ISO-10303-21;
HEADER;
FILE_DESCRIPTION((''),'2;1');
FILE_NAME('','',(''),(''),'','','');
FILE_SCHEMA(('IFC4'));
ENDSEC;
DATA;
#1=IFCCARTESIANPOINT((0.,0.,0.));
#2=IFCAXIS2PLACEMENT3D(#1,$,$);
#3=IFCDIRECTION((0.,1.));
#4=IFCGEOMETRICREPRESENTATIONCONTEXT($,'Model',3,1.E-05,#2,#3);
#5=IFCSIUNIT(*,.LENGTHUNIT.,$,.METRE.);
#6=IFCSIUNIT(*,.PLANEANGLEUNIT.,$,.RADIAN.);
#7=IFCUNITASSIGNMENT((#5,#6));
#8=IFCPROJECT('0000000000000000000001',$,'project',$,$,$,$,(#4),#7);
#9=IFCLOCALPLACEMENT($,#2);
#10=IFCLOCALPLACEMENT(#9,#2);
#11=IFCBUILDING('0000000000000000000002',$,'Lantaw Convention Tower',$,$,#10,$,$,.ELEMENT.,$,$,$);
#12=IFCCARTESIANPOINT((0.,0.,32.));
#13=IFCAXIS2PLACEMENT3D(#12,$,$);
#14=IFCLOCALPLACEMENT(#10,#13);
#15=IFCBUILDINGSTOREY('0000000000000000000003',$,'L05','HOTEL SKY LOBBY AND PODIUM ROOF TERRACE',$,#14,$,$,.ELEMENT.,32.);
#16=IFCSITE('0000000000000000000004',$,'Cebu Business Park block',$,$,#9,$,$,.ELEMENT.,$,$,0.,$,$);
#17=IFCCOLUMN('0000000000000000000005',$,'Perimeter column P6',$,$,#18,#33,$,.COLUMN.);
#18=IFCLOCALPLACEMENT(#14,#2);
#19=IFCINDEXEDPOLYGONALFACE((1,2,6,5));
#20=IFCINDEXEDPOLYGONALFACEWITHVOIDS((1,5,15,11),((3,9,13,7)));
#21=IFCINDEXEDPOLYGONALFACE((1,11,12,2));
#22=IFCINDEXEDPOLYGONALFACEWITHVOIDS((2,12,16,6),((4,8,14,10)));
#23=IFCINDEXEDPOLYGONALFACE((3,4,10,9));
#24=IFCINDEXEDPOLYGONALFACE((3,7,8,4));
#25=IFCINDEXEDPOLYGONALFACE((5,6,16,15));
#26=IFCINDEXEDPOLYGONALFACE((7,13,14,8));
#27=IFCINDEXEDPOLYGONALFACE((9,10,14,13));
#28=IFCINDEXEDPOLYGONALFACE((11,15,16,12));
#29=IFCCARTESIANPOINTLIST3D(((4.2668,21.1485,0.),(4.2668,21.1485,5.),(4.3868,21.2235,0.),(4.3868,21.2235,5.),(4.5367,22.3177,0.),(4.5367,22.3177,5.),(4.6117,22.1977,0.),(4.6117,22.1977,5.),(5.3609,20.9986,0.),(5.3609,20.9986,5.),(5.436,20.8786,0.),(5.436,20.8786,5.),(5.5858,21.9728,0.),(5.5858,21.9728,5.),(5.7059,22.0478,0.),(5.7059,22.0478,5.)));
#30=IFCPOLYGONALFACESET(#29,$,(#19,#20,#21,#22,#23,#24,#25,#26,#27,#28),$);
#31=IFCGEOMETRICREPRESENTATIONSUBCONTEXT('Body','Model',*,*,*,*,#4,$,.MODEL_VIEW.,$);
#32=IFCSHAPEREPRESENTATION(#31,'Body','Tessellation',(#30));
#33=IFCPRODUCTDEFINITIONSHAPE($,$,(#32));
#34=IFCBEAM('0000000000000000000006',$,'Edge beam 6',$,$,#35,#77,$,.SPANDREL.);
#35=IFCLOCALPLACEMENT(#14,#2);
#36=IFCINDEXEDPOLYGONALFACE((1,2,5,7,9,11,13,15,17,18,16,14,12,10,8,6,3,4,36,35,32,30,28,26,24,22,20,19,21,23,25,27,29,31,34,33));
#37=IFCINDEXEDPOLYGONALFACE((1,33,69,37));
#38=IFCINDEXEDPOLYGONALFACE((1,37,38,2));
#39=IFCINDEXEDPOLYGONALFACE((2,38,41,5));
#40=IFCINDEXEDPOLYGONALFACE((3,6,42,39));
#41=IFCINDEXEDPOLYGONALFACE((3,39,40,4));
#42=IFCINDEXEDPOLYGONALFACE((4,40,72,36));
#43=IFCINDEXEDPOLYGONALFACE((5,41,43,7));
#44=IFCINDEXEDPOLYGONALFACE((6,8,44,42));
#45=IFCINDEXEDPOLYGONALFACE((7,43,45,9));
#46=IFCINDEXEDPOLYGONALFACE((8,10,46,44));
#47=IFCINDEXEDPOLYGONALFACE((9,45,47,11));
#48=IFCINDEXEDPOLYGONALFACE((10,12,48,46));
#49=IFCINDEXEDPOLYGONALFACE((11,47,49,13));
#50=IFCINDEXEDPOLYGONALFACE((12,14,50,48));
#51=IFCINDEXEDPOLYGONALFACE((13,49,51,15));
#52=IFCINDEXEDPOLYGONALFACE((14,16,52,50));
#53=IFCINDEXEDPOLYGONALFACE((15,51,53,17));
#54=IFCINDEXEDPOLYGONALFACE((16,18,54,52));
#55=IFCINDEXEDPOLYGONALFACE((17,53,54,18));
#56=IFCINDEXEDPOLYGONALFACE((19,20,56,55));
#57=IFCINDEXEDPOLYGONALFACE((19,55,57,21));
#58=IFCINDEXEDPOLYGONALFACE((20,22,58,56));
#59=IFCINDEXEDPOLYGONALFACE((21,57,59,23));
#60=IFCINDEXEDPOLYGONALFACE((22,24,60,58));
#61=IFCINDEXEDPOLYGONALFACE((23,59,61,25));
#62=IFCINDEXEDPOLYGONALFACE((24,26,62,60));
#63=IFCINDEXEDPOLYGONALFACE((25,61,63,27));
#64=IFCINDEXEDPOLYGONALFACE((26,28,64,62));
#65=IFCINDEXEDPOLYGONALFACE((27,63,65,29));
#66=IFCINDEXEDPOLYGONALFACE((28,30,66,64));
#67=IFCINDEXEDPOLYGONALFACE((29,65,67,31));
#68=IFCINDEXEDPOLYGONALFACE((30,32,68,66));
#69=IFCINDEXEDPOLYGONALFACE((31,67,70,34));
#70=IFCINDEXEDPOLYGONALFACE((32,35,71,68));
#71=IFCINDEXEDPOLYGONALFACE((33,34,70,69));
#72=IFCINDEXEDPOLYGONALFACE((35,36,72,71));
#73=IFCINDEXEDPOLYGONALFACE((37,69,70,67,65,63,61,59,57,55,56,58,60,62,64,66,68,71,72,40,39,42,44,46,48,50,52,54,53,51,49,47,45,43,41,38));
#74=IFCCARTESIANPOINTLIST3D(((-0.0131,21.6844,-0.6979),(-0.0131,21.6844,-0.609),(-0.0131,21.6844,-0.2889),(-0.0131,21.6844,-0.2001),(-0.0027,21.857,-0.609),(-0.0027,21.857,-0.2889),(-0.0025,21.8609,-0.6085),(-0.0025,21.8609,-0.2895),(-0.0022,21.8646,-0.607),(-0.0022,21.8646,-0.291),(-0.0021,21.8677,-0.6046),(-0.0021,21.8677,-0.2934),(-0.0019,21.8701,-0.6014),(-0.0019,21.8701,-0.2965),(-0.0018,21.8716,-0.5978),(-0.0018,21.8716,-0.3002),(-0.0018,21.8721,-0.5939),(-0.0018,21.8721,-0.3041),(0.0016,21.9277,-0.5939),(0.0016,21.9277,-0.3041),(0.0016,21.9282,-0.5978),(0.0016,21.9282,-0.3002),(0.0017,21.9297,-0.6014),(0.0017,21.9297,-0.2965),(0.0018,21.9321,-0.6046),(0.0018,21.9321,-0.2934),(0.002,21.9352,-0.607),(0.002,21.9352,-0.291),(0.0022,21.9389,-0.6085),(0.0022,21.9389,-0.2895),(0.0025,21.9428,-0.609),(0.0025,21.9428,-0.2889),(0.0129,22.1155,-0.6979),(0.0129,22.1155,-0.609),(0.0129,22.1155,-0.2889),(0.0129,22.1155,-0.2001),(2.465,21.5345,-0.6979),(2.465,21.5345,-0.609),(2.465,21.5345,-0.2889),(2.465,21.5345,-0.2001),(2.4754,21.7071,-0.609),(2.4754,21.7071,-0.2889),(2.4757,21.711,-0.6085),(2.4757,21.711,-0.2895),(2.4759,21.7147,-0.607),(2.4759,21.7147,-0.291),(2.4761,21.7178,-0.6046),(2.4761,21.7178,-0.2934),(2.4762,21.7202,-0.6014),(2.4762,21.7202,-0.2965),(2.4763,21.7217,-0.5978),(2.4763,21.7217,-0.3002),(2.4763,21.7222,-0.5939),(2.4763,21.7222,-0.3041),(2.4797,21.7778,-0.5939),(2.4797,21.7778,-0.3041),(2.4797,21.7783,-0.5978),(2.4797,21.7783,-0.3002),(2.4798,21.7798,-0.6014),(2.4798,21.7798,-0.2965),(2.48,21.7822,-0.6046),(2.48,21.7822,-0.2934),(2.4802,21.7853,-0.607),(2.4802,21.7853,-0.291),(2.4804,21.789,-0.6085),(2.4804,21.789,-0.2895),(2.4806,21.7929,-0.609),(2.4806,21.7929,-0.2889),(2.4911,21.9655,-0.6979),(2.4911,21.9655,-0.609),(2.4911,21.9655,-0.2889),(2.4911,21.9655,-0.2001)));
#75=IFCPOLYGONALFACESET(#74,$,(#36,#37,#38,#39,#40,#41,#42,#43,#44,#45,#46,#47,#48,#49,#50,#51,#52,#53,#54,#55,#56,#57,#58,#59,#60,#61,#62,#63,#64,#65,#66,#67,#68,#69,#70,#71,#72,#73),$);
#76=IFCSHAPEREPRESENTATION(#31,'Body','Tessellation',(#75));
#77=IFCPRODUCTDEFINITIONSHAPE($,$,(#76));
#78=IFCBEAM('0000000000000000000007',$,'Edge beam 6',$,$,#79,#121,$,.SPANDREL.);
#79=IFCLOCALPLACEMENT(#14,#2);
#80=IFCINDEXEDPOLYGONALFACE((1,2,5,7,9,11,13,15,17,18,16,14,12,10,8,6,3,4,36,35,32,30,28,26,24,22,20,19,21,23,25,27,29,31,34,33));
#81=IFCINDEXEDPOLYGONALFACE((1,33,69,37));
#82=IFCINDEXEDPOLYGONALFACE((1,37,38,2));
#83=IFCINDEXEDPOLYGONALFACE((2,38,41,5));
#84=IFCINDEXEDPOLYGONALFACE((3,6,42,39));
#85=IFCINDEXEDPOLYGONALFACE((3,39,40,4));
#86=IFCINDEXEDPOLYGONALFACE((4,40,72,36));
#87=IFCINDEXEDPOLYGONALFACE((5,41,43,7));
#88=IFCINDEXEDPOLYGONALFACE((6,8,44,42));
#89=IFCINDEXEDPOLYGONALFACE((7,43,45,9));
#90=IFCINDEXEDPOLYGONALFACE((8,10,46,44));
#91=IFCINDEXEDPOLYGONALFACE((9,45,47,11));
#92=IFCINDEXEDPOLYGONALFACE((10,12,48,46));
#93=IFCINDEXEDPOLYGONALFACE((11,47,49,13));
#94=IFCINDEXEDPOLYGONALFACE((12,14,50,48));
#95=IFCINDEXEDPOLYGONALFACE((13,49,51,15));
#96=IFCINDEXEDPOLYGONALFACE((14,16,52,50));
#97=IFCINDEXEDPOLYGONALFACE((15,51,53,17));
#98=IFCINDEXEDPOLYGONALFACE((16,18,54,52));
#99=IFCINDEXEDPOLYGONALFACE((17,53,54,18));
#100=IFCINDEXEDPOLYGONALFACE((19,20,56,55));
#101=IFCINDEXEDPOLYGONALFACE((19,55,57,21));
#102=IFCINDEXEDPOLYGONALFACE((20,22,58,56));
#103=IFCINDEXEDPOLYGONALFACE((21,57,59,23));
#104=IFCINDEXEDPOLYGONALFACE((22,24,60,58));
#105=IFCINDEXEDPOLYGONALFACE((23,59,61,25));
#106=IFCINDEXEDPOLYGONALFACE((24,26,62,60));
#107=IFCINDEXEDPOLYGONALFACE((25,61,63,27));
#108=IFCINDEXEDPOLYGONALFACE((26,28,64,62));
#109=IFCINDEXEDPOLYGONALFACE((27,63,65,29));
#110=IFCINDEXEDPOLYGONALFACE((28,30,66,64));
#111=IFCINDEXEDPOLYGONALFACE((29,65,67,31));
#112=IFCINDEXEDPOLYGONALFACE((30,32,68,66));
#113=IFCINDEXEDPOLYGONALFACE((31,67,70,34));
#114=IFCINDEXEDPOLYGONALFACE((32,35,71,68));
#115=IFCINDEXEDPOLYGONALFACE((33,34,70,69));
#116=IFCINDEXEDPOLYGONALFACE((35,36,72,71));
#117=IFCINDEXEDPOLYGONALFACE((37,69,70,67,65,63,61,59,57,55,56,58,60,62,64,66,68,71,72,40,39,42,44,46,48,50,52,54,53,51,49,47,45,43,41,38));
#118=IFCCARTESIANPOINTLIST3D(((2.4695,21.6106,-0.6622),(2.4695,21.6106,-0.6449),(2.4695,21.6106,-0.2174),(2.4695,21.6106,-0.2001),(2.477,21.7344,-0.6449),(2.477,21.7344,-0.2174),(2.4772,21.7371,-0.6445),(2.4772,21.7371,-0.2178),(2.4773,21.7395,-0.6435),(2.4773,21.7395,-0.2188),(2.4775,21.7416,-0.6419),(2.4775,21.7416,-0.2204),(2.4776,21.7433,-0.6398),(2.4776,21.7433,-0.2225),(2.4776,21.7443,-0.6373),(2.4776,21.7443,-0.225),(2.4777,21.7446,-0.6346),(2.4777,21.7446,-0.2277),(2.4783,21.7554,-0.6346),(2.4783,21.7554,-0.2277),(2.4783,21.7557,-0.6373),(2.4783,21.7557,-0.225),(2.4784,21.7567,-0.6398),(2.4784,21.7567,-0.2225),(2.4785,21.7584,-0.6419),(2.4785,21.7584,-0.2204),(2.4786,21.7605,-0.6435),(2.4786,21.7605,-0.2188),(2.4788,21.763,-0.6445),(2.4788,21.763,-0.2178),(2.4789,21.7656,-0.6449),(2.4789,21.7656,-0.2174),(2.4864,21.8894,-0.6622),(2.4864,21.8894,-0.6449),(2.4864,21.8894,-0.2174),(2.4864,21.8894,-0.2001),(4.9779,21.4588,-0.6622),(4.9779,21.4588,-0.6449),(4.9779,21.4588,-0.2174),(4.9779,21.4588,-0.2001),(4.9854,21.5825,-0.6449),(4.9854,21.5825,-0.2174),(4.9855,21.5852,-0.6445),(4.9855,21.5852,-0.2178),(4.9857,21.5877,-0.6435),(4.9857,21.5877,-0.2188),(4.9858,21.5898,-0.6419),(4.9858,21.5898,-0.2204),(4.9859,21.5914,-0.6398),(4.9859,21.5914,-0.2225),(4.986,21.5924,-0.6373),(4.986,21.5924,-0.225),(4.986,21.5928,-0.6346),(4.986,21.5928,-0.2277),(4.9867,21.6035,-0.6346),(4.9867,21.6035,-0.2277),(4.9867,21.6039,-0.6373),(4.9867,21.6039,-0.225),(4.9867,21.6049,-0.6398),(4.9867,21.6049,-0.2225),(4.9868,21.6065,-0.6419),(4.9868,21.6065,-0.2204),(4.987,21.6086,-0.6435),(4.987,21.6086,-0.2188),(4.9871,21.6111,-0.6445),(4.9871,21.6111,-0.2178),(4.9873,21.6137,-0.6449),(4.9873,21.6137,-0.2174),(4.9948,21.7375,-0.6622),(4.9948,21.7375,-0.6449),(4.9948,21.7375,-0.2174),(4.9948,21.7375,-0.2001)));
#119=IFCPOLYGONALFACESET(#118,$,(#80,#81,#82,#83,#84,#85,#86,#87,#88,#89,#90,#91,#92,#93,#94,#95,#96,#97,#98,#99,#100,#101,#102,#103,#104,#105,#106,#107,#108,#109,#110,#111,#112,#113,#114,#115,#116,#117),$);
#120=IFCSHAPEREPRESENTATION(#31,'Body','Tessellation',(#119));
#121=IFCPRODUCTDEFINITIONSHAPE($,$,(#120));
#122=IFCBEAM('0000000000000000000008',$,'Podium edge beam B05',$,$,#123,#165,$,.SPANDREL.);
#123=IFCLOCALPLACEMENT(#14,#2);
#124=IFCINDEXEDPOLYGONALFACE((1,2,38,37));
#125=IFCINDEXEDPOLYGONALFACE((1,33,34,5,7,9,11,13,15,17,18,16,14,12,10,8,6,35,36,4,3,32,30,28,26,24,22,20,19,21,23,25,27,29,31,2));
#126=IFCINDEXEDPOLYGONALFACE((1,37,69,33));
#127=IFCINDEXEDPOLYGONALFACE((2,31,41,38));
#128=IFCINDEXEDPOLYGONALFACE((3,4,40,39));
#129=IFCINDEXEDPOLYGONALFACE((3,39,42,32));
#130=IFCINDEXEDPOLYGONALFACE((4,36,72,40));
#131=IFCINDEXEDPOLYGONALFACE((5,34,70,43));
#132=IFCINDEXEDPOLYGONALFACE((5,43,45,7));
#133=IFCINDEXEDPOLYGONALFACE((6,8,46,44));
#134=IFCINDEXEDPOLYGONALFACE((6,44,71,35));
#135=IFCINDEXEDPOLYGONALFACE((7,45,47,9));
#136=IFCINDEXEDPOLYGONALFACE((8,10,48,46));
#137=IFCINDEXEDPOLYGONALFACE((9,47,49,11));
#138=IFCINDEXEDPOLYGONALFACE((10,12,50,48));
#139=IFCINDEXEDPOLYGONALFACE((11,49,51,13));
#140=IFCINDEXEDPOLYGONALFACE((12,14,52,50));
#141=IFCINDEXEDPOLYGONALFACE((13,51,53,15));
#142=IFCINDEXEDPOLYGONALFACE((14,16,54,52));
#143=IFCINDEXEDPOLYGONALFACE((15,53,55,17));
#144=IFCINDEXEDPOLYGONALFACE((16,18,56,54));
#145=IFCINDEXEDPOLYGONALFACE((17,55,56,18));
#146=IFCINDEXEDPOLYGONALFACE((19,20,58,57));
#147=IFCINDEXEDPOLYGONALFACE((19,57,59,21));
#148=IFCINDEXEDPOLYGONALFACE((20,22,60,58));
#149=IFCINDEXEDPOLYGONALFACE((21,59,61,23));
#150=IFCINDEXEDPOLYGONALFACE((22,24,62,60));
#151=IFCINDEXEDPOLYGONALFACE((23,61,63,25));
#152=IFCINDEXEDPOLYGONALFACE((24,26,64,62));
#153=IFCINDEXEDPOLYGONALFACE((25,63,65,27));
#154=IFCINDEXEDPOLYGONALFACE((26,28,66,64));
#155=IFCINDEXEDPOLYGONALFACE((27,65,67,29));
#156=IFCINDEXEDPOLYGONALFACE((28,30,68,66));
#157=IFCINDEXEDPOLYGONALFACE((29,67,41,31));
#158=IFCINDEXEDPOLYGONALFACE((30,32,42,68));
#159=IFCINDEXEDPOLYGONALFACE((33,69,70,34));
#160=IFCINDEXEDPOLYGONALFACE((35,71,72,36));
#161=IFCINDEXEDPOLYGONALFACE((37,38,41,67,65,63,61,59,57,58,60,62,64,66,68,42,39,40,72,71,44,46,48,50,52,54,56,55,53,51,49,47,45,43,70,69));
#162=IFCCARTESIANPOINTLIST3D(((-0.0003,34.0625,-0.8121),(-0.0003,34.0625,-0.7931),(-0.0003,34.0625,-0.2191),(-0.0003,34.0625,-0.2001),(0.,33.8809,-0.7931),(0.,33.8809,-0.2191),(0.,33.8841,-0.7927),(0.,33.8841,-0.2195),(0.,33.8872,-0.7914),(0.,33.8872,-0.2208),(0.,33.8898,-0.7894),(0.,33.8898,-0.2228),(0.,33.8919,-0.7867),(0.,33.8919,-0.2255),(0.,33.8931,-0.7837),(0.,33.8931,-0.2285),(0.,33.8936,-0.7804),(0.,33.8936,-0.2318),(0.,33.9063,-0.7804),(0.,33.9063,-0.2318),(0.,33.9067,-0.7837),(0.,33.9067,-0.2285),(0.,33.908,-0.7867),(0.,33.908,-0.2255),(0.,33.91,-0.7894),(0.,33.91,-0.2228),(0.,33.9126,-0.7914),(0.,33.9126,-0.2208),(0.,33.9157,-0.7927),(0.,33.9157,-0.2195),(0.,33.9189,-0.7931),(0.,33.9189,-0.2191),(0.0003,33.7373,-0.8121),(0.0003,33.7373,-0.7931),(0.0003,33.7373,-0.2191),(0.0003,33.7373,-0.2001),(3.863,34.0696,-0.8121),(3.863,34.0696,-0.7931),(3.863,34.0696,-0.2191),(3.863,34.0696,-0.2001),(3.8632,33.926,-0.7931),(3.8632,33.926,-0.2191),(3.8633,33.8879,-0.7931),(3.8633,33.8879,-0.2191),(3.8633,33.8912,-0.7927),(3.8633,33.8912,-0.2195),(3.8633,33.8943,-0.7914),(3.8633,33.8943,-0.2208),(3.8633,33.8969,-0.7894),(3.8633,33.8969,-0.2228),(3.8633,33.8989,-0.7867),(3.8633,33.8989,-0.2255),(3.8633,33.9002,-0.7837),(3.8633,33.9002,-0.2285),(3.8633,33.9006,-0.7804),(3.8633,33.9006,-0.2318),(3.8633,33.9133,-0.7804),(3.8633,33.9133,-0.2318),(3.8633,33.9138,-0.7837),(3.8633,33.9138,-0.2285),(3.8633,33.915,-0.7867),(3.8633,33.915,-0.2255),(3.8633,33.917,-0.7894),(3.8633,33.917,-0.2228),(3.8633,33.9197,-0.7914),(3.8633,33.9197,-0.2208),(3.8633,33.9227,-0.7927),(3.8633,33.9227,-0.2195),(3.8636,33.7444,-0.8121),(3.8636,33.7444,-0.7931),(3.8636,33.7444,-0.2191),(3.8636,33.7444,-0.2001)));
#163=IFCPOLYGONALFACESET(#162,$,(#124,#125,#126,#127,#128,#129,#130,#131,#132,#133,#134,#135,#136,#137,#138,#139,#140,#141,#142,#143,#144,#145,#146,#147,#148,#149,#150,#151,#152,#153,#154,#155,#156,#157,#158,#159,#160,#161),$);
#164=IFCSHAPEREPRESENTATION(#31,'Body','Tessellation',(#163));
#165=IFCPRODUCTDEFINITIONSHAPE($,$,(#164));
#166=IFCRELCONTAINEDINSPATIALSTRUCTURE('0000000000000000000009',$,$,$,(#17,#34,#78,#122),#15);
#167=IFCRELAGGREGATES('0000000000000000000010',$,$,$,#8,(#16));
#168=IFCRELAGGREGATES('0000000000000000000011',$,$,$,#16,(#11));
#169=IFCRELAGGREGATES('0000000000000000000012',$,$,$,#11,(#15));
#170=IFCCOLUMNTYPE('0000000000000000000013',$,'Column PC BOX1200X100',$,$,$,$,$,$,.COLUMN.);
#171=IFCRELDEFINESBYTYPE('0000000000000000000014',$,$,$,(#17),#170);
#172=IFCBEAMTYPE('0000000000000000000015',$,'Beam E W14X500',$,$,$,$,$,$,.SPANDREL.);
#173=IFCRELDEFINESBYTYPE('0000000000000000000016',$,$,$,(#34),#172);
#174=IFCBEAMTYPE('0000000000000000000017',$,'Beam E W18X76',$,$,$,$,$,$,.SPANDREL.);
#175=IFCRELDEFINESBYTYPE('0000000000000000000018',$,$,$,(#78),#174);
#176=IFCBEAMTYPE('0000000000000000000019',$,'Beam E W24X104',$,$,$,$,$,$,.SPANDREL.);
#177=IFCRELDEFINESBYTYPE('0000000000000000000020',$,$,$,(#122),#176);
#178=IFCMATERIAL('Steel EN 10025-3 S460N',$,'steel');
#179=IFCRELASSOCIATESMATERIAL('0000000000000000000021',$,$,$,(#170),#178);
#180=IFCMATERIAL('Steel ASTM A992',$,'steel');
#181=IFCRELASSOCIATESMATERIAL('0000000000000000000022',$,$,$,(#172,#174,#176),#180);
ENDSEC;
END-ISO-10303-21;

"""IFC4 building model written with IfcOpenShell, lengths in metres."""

from ifc_helpers import new_model, si_unit, direction, frame, origin, origin_2d, place, context, subcontext, project, spatial, rectangle, hollow_rectangle, i_section, extrude, material, material_profile, profile_set, type_object, element, save


model = new_model("IFC4")

# Units and contexts
model_context = context("Model", 3, precision=1e-05, world=origin(), true_north=direction((0.0, 1.0)))
body_context = subcontext(model_context, "Body", "Model", "MODEL_VIEW")
ifc_project = project(units=[si_unit("LENGTHUNIT", "METRE"), si_unit("PLANEANGLEUNIT", "RADIAN")], contexts=[model_context])

# Site, building, storey
site_placement = place(None, origin())
site = spatial("IfcSite", under=ifc_project, at=site_placement, Name="Cebu Business Park block", CompositionType="ELEMENT", RefElevation=0.0)
building_placement = place(site_placement, origin())
building = spatial("IfcBuilding", under=site, at=building_placement, Name="Lantaw Convention Tower", CompositionType="ELEMENT")
storey_placement = place(building_placement, frame((0.0, 0.0, 32.0)))
storey = spatial("IfcBuildingStorey", under=building, at=storey_placement, Name="L05", Description="HOTEL SKY LOBBY AND PODIUM ROOF TERRACE", CompositionType="ELEMENT", Elevation=32.0)

# Column
ifc_material_1 = material(Name="Steel EN 10025-3 S460N", Category="steel")
ifc_material_profile_1 = material_profile(ifc_material_1, hollow_rectangle(XDim=1.2, YDim=1.2, WallThickness=0.1001, at=origin_2d()), Name="BOX1200X100")
ifc_material_2 = material(Name="Concrete C60/75", Category="concrete")
ifc_material_profile_2 = material_profile(ifc_material_2, rectangle(XDim=1.0, YDim=1.0, at=origin_2d()), Name="Concrete fill of BOX1200X100")
ifc_profile_set_1 = profile_set([ifc_material_profile_1, ifc_material_profile_2], Name="Steel EN 10025-3 S460N")
column_type = type_object("IfcColumnType", Name="Column PC BOX1200X100", PredefinedType="COLUMN", material=ifc_profile_set_1)
column_placement = place(storey_placement, frame((4.9863, 21.5981, 0.0), z_axis=(0.0, 0.0, 1.0), x_axis=(0.224951, 0.97437, 0.0)))
element("IfcColumn", 1, at=column_placement, inside=storey, type_object=column_type, Name="Perimeter column P6", PredefinedType="COLUMN", context=body_context, shape_type="SweptSolid", body=[
    extrude(hollow_rectangle(XDim=1.2, YDim=1.2, WallThickness=0.1001, at=origin_2d()), origin(), (0.0, 0.0, 1.0), 5.0),
])

# Beams
ifc_material_3 = material(Name="Steel ASTM A992", Category="steel")
ifc_material_profile_3 = material_profile(ifc_material_3, i_section(OverallWidth=0.4319, OverallDepth=0.4978, WebThickness=0.0557, FlangeThickness=0.0889, FilletRadius=0.0151, at=origin_2d()), Name="W14X500")
ifc_profile_set_2 = profile_set([ifc_material_profile_3], Name="Steel ASTM A992")
beam_type_1 = type_object("IfcBeamType", Name="Beam E W14X500", PredefinedType="SPANDREL", material=ifc_profile_set_2)
beam_1_placement = place(storey_placement, frame((2.478, 21.75, -0.449), z_axis=(-0.998175, 0.060382, 0.0), x_axis=(-0.060382, -0.998175, 0.0)))
element("IfcBeam", 2, at=beam_1_placement, inside=storey, type_object=beam_type_1, Name="Edge beam 6", PredefinedType="SPANDREL", context=body_context, shape_type="SweptSolid", body=[
    extrude(i_section(OverallWidth=0.4319, OverallDepth=0.4978, WebThickness=0.0557, FlangeThickness=0.0889, FilletRadius=0.0151, at=origin_2d()), origin(), (0.0, 0.0, 1.0), 2.4827),
])
ifc_material_profile_4 = material_profile(ifc_material_3, i_section(OverallWidth=0.2793, OverallDepth=0.4622, WebThickness=0.0107, FlangeThickness=0.0173, FilletRadius=0.0103, at=origin_2d()), Name="W18X76")
ifc_profile_set_3 = profile_set([ifc_material_profile_4], Name="Steel ASTM A992")
beam_type_2 = type_object("IfcBeamType", Name="Beam E W18X76", PredefinedType="SPANDREL", material=ifc_profile_set_3)
beam_2_placement = place(storey_placement, frame((4.9863, 21.5981, -0.4312), z_axis=(-0.998172, 0.060431, 0.0), x_axis=(-0.060431, -0.998172, 0.0)))
element("IfcBeam", 3, at=beam_2_placement, inside=storey, type_object=beam_type_2, Name="Edge beam 6", PredefinedType="SPANDREL", context=body_context, shape_type="SweptSolid", body=[
    extrude(i_section(OverallWidth=0.2793, OverallDepth=0.4622, WebThickness=0.0107, FlangeThickness=0.0173, FilletRadius=0.0103, at=origin_2d()), origin(), (0.0, 0.0, 1.0), 2.5129),
])
ifc_material_profile_5 = material_profile(ifc_material_3, i_section(OverallWidth=0.3252, OverallDepth=0.6121, WebThickness=0.0127, FlangeThickness=0.019, FilletRadius=0.0127, at=origin_2d()), Name="W24X104")
ifc_profile_set_4 = profile_set([ifc_material_profile_5], Name="Steel ASTM A992")
beam_type_3 = type_object("IfcBeamType", Name="Beam E W24X104", PredefinedType="SPANDREL", material=ifc_profile_set_4)
beam_3_placement = place(storey_placement, frame((3.8633, 33.907, -0.5061), z_axis=(-0.999998, -0.001833, 0.0), x_axis=(0.001833, -0.999998, 0.0)))
element("IfcBeam", 4, at=beam_3_placement, inside=storey, type_object=beam_type_3, Name="Podium edge beam B05", PredefinedType="SPANDREL", context=body_context, shape_type="SweptSolid", body=[
    extrude(i_section(OverallWidth=0.3252, OverallDepth=0.6121, WebThickness=0.0127, FlangeThickness=0.019, FilletRadius=0.0127, at=origin_2d()), origin(), (0.0, 0.0, 1.0), 3.8633),
])

save(model, "model.ifc")
